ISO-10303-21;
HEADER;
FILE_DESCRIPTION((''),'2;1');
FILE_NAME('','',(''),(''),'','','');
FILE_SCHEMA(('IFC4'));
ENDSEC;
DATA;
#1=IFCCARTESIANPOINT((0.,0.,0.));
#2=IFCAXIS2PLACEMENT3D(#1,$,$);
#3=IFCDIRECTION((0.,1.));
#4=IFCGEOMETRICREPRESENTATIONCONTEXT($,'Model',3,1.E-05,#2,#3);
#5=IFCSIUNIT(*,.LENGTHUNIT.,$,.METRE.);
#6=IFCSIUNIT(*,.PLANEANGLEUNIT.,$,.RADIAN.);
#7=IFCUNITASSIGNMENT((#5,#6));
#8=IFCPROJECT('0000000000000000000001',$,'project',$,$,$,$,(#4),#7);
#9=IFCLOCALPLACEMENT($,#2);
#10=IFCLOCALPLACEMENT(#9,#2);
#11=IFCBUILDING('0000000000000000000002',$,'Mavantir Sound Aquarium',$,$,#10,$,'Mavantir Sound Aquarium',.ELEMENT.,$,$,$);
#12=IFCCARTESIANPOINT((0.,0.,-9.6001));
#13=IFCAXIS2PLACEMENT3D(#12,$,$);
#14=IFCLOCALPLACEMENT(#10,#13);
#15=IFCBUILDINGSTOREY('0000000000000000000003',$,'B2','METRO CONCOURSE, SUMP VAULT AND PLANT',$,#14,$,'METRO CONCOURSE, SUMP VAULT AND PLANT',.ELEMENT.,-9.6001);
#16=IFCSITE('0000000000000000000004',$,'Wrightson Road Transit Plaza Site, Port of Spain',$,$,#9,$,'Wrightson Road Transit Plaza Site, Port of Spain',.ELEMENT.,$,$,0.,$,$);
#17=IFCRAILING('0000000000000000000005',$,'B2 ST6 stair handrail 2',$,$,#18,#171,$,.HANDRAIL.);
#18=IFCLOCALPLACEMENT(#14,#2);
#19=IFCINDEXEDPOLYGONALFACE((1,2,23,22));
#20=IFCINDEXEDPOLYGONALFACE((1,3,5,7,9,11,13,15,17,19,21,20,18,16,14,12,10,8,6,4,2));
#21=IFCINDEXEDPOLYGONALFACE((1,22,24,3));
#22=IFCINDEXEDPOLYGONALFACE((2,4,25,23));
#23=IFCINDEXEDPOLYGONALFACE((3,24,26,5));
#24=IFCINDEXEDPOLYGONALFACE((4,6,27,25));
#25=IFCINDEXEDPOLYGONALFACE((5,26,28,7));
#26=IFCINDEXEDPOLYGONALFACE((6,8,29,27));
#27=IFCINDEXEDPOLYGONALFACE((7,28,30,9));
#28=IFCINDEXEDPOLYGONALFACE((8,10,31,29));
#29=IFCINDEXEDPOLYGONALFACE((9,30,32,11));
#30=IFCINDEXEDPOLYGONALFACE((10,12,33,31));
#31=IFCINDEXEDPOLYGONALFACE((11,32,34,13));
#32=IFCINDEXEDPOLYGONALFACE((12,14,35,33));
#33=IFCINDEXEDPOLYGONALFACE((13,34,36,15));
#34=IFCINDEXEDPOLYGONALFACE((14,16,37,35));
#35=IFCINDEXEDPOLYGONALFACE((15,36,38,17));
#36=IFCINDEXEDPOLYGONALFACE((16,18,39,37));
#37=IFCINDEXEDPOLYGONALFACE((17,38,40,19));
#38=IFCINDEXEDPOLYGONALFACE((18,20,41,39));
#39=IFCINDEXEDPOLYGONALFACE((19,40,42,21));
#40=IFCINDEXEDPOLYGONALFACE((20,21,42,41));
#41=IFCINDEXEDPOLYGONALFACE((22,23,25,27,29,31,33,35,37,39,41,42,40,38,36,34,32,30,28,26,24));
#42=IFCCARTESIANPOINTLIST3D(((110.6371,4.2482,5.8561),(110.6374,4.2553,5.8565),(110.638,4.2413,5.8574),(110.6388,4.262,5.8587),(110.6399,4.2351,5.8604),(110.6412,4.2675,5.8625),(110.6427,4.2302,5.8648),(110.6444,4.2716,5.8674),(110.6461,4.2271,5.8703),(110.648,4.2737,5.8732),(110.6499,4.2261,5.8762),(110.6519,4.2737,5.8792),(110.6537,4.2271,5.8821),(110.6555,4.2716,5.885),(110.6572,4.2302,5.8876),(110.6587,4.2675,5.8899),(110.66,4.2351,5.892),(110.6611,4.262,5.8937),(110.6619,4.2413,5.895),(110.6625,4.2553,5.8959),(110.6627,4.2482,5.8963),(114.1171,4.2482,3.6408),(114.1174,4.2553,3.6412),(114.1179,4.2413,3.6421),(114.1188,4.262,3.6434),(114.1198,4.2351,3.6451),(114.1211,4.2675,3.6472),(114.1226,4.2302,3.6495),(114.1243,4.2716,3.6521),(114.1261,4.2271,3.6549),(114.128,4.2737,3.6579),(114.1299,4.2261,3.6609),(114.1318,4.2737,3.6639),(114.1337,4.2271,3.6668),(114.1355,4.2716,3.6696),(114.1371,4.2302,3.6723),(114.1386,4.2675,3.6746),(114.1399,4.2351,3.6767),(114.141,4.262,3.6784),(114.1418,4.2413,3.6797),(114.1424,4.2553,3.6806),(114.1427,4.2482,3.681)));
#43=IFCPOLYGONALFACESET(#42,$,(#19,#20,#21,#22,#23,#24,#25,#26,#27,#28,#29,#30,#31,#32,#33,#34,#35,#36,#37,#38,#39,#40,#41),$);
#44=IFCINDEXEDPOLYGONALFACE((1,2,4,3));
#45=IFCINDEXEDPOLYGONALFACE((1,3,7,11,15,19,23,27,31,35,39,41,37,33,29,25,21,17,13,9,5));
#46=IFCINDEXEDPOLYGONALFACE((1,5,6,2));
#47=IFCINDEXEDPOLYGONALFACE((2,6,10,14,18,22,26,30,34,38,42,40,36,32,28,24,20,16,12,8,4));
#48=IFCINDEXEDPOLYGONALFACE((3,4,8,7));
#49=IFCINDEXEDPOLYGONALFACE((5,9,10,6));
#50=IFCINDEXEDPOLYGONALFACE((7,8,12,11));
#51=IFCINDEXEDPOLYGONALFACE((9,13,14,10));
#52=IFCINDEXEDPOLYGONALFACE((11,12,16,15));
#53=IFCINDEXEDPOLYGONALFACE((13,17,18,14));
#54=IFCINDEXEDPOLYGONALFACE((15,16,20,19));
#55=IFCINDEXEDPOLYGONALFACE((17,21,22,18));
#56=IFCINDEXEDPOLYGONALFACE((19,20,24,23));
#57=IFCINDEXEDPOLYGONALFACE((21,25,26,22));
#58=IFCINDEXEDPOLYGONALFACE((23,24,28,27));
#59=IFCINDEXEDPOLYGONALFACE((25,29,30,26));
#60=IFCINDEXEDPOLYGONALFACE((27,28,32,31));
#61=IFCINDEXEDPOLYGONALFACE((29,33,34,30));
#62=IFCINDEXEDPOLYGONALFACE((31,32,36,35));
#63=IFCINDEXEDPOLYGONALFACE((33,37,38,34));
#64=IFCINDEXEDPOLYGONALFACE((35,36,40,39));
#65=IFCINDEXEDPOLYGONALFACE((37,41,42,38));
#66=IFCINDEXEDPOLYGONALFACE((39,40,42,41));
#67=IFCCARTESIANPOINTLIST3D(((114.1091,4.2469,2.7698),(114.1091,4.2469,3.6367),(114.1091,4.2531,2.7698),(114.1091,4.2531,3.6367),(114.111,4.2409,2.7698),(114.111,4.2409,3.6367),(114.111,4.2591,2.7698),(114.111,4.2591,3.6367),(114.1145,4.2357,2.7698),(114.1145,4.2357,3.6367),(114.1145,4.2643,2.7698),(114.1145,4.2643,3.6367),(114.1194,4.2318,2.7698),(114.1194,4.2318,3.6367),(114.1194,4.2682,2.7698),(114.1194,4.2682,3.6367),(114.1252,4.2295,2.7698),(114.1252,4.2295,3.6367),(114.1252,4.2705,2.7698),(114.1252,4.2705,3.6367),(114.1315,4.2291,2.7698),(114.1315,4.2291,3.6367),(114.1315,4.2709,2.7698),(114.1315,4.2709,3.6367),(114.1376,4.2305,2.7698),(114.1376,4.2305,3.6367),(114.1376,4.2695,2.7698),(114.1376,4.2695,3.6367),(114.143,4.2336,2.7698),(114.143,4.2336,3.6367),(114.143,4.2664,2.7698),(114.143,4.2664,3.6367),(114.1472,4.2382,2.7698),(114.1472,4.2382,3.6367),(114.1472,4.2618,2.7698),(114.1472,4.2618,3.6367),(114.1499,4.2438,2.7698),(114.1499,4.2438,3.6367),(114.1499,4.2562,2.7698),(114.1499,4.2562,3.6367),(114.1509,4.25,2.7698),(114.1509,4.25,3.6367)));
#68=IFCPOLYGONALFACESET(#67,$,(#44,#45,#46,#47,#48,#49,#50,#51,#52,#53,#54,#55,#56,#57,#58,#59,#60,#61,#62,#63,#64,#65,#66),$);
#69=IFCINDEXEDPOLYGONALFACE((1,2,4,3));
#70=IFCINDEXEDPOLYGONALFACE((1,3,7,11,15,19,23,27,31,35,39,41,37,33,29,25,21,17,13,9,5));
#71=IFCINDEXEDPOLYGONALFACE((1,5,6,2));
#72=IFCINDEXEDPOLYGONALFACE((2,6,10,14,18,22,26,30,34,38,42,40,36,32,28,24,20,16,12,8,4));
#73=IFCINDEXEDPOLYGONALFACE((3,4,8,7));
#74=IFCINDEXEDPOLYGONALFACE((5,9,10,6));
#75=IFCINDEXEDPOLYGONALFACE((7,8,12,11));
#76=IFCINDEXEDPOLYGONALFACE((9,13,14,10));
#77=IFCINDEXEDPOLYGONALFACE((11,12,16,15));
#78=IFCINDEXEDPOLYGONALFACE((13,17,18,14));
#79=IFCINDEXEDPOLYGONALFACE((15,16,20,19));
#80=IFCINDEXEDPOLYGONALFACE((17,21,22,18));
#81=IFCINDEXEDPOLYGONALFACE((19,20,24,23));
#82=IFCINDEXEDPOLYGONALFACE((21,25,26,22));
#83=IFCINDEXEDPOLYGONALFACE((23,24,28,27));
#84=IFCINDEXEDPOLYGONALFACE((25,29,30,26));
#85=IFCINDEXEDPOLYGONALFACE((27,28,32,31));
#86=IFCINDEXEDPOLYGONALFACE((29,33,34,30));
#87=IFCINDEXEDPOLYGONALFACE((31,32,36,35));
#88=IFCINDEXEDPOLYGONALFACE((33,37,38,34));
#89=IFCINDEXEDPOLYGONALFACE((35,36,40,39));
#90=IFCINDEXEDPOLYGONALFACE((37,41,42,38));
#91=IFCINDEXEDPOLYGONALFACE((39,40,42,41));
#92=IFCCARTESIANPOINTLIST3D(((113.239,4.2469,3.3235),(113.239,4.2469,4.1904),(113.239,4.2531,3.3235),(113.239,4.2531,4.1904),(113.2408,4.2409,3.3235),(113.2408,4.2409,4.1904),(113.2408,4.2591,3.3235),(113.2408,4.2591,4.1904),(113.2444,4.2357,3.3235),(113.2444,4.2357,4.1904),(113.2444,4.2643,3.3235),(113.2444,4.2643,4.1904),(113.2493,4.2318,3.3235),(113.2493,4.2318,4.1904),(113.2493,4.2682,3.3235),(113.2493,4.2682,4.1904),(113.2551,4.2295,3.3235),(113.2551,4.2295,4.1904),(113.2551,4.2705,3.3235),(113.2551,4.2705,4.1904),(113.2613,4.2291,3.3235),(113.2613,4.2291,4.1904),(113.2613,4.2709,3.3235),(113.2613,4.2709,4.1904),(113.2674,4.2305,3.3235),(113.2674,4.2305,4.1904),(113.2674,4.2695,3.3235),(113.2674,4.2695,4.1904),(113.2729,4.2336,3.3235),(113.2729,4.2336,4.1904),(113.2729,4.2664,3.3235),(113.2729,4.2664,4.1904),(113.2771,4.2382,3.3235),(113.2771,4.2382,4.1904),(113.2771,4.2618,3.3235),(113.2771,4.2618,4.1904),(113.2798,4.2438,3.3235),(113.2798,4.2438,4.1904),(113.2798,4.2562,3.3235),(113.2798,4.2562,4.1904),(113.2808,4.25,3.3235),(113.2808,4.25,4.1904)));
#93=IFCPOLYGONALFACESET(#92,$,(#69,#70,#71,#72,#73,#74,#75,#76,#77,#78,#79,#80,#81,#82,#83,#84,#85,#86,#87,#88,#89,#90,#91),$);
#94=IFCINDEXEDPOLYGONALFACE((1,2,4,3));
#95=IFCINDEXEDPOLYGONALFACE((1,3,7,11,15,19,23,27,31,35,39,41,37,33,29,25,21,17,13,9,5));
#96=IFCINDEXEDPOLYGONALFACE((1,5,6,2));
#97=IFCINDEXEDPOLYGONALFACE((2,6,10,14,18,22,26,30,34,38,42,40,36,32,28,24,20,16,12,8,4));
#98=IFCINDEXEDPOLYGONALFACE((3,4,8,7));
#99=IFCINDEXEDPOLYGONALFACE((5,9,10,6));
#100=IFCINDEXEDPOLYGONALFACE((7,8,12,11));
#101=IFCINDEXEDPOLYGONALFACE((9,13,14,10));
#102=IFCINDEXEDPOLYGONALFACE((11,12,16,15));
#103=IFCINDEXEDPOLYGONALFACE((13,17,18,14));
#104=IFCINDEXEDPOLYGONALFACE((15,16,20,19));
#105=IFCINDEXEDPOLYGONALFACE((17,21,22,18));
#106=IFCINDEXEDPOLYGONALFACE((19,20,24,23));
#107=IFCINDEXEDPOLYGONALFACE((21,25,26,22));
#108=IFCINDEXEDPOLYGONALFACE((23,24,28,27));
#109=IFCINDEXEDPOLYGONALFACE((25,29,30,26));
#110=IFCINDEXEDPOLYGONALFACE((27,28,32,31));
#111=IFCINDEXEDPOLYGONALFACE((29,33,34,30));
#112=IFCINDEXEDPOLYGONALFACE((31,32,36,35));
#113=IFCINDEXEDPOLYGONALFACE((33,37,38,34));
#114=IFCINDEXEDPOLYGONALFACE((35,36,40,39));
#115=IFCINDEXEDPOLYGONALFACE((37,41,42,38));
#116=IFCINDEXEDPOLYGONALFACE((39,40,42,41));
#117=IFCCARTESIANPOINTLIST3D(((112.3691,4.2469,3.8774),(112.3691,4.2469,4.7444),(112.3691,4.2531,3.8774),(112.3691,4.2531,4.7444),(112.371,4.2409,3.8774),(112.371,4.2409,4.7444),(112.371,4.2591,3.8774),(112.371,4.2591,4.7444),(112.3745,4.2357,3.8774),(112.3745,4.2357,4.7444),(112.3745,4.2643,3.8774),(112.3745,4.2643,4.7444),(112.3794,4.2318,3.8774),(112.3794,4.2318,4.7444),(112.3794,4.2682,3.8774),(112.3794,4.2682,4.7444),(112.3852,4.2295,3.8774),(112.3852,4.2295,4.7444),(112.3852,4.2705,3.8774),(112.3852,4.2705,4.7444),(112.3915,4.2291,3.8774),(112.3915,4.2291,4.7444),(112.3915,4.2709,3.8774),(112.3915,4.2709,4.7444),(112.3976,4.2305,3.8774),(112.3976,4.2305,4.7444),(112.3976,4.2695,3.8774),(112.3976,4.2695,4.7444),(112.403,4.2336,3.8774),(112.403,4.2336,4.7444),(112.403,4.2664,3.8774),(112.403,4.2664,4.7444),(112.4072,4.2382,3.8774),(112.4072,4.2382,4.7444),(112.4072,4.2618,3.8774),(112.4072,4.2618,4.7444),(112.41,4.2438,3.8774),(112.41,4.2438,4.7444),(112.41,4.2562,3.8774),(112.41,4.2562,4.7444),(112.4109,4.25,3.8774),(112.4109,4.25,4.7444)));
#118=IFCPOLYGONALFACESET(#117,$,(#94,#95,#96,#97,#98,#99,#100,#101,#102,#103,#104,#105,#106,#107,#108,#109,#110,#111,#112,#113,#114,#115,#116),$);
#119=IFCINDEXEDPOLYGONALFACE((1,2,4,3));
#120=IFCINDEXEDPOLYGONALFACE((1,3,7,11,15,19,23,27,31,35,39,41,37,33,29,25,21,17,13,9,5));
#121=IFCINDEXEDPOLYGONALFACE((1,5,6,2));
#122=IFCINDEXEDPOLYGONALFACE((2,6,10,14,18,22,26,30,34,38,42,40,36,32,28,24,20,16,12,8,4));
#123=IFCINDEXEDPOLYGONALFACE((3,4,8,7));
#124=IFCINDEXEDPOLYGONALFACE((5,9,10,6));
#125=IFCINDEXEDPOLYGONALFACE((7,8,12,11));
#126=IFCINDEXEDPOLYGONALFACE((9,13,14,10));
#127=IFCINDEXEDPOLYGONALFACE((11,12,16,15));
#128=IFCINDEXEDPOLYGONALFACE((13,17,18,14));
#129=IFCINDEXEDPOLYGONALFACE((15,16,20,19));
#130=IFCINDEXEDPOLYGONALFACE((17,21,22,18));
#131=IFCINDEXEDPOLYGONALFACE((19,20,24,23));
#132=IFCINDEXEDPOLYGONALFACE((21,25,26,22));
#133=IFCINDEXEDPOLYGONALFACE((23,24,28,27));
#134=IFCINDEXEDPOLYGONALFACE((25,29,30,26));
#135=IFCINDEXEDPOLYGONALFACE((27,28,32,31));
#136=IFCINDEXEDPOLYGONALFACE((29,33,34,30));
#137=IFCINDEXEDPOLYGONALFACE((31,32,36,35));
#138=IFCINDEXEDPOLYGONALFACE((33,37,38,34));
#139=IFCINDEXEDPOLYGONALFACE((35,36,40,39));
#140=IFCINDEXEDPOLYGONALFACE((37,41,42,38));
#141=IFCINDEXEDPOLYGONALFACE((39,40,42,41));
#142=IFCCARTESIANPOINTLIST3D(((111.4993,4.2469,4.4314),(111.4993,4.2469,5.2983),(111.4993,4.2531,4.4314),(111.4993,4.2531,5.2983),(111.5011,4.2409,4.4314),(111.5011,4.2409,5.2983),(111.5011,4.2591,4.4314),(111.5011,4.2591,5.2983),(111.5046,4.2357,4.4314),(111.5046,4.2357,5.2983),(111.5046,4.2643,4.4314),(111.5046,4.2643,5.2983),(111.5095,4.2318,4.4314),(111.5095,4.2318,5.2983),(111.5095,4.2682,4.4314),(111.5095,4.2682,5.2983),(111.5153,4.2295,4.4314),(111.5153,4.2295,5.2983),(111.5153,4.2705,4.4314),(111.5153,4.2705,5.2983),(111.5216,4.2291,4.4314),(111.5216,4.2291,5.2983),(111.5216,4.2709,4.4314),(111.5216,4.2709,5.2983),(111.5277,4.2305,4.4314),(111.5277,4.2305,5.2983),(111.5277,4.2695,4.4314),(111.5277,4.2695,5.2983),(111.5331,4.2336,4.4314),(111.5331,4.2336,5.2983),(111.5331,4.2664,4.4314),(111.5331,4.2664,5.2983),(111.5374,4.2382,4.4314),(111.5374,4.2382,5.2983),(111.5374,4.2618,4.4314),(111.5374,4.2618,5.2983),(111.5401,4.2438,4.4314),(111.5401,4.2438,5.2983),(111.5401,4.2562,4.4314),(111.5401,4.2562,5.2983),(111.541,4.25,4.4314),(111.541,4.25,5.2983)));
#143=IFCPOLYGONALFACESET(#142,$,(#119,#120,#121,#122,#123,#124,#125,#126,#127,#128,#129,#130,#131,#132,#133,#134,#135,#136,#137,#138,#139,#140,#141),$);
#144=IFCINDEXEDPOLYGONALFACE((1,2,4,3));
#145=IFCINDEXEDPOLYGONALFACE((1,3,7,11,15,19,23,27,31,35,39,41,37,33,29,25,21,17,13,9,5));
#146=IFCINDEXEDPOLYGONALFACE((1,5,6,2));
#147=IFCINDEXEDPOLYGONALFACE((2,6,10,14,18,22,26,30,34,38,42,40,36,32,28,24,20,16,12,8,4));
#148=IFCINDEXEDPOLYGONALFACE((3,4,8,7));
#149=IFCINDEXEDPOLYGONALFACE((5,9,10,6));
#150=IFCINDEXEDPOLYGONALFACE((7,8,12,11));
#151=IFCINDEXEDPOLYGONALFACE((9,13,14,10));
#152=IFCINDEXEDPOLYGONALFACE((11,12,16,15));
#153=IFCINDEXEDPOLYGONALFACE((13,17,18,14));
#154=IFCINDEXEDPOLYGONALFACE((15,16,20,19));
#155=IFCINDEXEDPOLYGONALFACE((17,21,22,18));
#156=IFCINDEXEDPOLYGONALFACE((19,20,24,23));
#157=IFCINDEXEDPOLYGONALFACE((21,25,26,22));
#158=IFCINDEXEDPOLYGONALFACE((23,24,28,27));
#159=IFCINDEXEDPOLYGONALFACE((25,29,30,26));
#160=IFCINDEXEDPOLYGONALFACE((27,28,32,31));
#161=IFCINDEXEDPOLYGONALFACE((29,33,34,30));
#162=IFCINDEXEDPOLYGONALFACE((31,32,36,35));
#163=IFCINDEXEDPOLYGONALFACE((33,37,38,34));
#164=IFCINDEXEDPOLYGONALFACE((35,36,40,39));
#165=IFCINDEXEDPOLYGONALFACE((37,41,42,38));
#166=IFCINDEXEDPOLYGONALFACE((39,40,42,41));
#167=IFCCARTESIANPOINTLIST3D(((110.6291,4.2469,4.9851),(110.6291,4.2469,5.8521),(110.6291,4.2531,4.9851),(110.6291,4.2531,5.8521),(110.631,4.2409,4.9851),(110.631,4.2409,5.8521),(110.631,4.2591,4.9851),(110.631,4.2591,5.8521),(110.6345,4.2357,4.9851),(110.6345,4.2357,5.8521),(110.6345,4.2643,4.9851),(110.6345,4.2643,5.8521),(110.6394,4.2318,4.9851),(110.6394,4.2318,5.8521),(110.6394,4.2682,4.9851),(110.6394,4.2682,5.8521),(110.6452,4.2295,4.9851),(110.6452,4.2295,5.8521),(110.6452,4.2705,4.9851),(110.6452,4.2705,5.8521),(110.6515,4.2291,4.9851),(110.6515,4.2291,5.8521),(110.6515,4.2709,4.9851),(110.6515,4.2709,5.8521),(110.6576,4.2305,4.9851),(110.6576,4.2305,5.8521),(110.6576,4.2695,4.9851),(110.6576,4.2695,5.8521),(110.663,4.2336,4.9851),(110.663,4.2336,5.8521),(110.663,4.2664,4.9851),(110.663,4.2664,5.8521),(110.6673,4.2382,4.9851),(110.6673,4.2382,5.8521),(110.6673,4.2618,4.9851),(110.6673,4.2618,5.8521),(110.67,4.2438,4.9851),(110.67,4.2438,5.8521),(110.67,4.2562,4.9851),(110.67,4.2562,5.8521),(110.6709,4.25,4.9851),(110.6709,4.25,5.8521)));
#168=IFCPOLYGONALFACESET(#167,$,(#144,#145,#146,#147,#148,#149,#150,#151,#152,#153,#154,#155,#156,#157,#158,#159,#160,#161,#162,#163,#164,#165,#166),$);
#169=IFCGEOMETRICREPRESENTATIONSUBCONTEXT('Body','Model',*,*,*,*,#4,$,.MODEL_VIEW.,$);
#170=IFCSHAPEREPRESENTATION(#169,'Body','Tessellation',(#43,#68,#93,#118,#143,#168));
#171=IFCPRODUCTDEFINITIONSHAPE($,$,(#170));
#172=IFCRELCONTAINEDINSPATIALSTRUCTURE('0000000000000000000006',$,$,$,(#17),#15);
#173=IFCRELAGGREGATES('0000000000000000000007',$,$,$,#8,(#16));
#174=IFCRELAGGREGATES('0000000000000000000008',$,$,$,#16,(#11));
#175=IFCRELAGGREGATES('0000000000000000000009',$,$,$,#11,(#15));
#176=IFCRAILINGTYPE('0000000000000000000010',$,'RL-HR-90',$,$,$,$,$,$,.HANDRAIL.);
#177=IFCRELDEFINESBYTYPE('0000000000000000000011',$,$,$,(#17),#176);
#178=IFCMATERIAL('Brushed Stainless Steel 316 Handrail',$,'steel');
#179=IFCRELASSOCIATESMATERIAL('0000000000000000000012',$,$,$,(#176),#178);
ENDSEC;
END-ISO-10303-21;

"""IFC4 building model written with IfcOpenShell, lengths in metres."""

from ifc_helpers import new_model, si_unit, direction, frame, origin, origin_2d, place, context, subcontext, project, spatial, circle, extrude, material, type_object, element, save


model = new_model("IFC4")

# Units and contexts
model_context = context("Model", 3, precision=1e-05, world=origin(), true_north=direction((0.0, 1.0)))
body_context = subcontext(model_context, "Body", "Model", "MODEL_VIEW")
ifc_project = project(units=[si_unit("LENGTHUNIT", "METRE"), si_unit("PLANEANGLEUNIT", "RADIAN")], contexts=[model_context])

# Site, building, storey
site_placement = place(None, origin())
site = spatial("IfcSite", under=ifc_project, at=site_placement, Name="Wrightson Road Transit Plaza Site, Port of Spain", LongName="Wrightson Road Transit Plaza Site, Port of Spain", CompositionType="ELEMENT", RefElevation=0.0)
building_placement = place(site_placement, origin())
building = spatial("IfcBuilding", under=site, at=building_placement, Name="Mavantir Sound Aquarium", LongName="Mavantir Sound Aquarium", CompositionType="ELEMENT")
storey_placement = place(building_placement, frame((0.0, 0.0, -9.6001)))
storey = spatial("IfcBuildingStorey", under=building, at=storey_placement, Name="B2", Description="METRO CONCOURSE, SUMP VAULT AND PLANT", LongName="METRO CONCOURSE, SUMP VAULT AND PLANT", CompositionType="ELEMENT", Elevation=-9.6001)

# Railing
ifc_material_1 = material(Name="Brushed Stainless Steel 316 Handrail", Category="steel")
railing_type = type_object("IfcRailingType", Name="RL-HR-90", PredefinedType="HANDRAIL", material=ifc_material_1)
railing_placement = place(storey_placement, frame((114.1299, 4.25, 2.7698)))
element("IfcRailing", 1, at=railing_placement, inside=storey, type_object=railing_type, Name="B2 ST6 stair handrail 2", PredefinedType="HANDRAIL", context=body_context, shape_type="SweptSolid", body=[
    extrude(circle(Radius=0.0239, at=origin_2d()), frame((0.0, 0.0, 0.8911), z_axis=(-0.843574, 0.0, 0.537013), x_axis=(0.0, -1.0, 0.0)), (0.0, 0.0, 1.0), 4.1252),
    extrude(circle(Radius=0.021, at=origin_2d()), origin(), (0.0, 0.0, 1.0), 0.8669),
    extrude(circle(Radius=0.021, at=origin_2d()), frame((-0.8701, 0.0, 0.5537)), (0.0, 0.0, 1.0), 0.8669),
    extrude(circle(Radius=0.021, at=origin_2d()), frame((-1.74, 0.0, 1.1077)), (0.0, 0.0, 1.0), 0.8669),
    extrude(circle(Radius=0.021, at=origin_2d()), frame((-2.6099, 0.0, 1.6616)), (0.0, 0.0, 1.0), 0.8669),
    extrude(circle(Radius=0.021, at=origin_2d()), frame((-3.48, 0.0, 2.2153)), (0.0, 0.0, 1.0), 0.8669),
])

save(model, "model.ifc")
